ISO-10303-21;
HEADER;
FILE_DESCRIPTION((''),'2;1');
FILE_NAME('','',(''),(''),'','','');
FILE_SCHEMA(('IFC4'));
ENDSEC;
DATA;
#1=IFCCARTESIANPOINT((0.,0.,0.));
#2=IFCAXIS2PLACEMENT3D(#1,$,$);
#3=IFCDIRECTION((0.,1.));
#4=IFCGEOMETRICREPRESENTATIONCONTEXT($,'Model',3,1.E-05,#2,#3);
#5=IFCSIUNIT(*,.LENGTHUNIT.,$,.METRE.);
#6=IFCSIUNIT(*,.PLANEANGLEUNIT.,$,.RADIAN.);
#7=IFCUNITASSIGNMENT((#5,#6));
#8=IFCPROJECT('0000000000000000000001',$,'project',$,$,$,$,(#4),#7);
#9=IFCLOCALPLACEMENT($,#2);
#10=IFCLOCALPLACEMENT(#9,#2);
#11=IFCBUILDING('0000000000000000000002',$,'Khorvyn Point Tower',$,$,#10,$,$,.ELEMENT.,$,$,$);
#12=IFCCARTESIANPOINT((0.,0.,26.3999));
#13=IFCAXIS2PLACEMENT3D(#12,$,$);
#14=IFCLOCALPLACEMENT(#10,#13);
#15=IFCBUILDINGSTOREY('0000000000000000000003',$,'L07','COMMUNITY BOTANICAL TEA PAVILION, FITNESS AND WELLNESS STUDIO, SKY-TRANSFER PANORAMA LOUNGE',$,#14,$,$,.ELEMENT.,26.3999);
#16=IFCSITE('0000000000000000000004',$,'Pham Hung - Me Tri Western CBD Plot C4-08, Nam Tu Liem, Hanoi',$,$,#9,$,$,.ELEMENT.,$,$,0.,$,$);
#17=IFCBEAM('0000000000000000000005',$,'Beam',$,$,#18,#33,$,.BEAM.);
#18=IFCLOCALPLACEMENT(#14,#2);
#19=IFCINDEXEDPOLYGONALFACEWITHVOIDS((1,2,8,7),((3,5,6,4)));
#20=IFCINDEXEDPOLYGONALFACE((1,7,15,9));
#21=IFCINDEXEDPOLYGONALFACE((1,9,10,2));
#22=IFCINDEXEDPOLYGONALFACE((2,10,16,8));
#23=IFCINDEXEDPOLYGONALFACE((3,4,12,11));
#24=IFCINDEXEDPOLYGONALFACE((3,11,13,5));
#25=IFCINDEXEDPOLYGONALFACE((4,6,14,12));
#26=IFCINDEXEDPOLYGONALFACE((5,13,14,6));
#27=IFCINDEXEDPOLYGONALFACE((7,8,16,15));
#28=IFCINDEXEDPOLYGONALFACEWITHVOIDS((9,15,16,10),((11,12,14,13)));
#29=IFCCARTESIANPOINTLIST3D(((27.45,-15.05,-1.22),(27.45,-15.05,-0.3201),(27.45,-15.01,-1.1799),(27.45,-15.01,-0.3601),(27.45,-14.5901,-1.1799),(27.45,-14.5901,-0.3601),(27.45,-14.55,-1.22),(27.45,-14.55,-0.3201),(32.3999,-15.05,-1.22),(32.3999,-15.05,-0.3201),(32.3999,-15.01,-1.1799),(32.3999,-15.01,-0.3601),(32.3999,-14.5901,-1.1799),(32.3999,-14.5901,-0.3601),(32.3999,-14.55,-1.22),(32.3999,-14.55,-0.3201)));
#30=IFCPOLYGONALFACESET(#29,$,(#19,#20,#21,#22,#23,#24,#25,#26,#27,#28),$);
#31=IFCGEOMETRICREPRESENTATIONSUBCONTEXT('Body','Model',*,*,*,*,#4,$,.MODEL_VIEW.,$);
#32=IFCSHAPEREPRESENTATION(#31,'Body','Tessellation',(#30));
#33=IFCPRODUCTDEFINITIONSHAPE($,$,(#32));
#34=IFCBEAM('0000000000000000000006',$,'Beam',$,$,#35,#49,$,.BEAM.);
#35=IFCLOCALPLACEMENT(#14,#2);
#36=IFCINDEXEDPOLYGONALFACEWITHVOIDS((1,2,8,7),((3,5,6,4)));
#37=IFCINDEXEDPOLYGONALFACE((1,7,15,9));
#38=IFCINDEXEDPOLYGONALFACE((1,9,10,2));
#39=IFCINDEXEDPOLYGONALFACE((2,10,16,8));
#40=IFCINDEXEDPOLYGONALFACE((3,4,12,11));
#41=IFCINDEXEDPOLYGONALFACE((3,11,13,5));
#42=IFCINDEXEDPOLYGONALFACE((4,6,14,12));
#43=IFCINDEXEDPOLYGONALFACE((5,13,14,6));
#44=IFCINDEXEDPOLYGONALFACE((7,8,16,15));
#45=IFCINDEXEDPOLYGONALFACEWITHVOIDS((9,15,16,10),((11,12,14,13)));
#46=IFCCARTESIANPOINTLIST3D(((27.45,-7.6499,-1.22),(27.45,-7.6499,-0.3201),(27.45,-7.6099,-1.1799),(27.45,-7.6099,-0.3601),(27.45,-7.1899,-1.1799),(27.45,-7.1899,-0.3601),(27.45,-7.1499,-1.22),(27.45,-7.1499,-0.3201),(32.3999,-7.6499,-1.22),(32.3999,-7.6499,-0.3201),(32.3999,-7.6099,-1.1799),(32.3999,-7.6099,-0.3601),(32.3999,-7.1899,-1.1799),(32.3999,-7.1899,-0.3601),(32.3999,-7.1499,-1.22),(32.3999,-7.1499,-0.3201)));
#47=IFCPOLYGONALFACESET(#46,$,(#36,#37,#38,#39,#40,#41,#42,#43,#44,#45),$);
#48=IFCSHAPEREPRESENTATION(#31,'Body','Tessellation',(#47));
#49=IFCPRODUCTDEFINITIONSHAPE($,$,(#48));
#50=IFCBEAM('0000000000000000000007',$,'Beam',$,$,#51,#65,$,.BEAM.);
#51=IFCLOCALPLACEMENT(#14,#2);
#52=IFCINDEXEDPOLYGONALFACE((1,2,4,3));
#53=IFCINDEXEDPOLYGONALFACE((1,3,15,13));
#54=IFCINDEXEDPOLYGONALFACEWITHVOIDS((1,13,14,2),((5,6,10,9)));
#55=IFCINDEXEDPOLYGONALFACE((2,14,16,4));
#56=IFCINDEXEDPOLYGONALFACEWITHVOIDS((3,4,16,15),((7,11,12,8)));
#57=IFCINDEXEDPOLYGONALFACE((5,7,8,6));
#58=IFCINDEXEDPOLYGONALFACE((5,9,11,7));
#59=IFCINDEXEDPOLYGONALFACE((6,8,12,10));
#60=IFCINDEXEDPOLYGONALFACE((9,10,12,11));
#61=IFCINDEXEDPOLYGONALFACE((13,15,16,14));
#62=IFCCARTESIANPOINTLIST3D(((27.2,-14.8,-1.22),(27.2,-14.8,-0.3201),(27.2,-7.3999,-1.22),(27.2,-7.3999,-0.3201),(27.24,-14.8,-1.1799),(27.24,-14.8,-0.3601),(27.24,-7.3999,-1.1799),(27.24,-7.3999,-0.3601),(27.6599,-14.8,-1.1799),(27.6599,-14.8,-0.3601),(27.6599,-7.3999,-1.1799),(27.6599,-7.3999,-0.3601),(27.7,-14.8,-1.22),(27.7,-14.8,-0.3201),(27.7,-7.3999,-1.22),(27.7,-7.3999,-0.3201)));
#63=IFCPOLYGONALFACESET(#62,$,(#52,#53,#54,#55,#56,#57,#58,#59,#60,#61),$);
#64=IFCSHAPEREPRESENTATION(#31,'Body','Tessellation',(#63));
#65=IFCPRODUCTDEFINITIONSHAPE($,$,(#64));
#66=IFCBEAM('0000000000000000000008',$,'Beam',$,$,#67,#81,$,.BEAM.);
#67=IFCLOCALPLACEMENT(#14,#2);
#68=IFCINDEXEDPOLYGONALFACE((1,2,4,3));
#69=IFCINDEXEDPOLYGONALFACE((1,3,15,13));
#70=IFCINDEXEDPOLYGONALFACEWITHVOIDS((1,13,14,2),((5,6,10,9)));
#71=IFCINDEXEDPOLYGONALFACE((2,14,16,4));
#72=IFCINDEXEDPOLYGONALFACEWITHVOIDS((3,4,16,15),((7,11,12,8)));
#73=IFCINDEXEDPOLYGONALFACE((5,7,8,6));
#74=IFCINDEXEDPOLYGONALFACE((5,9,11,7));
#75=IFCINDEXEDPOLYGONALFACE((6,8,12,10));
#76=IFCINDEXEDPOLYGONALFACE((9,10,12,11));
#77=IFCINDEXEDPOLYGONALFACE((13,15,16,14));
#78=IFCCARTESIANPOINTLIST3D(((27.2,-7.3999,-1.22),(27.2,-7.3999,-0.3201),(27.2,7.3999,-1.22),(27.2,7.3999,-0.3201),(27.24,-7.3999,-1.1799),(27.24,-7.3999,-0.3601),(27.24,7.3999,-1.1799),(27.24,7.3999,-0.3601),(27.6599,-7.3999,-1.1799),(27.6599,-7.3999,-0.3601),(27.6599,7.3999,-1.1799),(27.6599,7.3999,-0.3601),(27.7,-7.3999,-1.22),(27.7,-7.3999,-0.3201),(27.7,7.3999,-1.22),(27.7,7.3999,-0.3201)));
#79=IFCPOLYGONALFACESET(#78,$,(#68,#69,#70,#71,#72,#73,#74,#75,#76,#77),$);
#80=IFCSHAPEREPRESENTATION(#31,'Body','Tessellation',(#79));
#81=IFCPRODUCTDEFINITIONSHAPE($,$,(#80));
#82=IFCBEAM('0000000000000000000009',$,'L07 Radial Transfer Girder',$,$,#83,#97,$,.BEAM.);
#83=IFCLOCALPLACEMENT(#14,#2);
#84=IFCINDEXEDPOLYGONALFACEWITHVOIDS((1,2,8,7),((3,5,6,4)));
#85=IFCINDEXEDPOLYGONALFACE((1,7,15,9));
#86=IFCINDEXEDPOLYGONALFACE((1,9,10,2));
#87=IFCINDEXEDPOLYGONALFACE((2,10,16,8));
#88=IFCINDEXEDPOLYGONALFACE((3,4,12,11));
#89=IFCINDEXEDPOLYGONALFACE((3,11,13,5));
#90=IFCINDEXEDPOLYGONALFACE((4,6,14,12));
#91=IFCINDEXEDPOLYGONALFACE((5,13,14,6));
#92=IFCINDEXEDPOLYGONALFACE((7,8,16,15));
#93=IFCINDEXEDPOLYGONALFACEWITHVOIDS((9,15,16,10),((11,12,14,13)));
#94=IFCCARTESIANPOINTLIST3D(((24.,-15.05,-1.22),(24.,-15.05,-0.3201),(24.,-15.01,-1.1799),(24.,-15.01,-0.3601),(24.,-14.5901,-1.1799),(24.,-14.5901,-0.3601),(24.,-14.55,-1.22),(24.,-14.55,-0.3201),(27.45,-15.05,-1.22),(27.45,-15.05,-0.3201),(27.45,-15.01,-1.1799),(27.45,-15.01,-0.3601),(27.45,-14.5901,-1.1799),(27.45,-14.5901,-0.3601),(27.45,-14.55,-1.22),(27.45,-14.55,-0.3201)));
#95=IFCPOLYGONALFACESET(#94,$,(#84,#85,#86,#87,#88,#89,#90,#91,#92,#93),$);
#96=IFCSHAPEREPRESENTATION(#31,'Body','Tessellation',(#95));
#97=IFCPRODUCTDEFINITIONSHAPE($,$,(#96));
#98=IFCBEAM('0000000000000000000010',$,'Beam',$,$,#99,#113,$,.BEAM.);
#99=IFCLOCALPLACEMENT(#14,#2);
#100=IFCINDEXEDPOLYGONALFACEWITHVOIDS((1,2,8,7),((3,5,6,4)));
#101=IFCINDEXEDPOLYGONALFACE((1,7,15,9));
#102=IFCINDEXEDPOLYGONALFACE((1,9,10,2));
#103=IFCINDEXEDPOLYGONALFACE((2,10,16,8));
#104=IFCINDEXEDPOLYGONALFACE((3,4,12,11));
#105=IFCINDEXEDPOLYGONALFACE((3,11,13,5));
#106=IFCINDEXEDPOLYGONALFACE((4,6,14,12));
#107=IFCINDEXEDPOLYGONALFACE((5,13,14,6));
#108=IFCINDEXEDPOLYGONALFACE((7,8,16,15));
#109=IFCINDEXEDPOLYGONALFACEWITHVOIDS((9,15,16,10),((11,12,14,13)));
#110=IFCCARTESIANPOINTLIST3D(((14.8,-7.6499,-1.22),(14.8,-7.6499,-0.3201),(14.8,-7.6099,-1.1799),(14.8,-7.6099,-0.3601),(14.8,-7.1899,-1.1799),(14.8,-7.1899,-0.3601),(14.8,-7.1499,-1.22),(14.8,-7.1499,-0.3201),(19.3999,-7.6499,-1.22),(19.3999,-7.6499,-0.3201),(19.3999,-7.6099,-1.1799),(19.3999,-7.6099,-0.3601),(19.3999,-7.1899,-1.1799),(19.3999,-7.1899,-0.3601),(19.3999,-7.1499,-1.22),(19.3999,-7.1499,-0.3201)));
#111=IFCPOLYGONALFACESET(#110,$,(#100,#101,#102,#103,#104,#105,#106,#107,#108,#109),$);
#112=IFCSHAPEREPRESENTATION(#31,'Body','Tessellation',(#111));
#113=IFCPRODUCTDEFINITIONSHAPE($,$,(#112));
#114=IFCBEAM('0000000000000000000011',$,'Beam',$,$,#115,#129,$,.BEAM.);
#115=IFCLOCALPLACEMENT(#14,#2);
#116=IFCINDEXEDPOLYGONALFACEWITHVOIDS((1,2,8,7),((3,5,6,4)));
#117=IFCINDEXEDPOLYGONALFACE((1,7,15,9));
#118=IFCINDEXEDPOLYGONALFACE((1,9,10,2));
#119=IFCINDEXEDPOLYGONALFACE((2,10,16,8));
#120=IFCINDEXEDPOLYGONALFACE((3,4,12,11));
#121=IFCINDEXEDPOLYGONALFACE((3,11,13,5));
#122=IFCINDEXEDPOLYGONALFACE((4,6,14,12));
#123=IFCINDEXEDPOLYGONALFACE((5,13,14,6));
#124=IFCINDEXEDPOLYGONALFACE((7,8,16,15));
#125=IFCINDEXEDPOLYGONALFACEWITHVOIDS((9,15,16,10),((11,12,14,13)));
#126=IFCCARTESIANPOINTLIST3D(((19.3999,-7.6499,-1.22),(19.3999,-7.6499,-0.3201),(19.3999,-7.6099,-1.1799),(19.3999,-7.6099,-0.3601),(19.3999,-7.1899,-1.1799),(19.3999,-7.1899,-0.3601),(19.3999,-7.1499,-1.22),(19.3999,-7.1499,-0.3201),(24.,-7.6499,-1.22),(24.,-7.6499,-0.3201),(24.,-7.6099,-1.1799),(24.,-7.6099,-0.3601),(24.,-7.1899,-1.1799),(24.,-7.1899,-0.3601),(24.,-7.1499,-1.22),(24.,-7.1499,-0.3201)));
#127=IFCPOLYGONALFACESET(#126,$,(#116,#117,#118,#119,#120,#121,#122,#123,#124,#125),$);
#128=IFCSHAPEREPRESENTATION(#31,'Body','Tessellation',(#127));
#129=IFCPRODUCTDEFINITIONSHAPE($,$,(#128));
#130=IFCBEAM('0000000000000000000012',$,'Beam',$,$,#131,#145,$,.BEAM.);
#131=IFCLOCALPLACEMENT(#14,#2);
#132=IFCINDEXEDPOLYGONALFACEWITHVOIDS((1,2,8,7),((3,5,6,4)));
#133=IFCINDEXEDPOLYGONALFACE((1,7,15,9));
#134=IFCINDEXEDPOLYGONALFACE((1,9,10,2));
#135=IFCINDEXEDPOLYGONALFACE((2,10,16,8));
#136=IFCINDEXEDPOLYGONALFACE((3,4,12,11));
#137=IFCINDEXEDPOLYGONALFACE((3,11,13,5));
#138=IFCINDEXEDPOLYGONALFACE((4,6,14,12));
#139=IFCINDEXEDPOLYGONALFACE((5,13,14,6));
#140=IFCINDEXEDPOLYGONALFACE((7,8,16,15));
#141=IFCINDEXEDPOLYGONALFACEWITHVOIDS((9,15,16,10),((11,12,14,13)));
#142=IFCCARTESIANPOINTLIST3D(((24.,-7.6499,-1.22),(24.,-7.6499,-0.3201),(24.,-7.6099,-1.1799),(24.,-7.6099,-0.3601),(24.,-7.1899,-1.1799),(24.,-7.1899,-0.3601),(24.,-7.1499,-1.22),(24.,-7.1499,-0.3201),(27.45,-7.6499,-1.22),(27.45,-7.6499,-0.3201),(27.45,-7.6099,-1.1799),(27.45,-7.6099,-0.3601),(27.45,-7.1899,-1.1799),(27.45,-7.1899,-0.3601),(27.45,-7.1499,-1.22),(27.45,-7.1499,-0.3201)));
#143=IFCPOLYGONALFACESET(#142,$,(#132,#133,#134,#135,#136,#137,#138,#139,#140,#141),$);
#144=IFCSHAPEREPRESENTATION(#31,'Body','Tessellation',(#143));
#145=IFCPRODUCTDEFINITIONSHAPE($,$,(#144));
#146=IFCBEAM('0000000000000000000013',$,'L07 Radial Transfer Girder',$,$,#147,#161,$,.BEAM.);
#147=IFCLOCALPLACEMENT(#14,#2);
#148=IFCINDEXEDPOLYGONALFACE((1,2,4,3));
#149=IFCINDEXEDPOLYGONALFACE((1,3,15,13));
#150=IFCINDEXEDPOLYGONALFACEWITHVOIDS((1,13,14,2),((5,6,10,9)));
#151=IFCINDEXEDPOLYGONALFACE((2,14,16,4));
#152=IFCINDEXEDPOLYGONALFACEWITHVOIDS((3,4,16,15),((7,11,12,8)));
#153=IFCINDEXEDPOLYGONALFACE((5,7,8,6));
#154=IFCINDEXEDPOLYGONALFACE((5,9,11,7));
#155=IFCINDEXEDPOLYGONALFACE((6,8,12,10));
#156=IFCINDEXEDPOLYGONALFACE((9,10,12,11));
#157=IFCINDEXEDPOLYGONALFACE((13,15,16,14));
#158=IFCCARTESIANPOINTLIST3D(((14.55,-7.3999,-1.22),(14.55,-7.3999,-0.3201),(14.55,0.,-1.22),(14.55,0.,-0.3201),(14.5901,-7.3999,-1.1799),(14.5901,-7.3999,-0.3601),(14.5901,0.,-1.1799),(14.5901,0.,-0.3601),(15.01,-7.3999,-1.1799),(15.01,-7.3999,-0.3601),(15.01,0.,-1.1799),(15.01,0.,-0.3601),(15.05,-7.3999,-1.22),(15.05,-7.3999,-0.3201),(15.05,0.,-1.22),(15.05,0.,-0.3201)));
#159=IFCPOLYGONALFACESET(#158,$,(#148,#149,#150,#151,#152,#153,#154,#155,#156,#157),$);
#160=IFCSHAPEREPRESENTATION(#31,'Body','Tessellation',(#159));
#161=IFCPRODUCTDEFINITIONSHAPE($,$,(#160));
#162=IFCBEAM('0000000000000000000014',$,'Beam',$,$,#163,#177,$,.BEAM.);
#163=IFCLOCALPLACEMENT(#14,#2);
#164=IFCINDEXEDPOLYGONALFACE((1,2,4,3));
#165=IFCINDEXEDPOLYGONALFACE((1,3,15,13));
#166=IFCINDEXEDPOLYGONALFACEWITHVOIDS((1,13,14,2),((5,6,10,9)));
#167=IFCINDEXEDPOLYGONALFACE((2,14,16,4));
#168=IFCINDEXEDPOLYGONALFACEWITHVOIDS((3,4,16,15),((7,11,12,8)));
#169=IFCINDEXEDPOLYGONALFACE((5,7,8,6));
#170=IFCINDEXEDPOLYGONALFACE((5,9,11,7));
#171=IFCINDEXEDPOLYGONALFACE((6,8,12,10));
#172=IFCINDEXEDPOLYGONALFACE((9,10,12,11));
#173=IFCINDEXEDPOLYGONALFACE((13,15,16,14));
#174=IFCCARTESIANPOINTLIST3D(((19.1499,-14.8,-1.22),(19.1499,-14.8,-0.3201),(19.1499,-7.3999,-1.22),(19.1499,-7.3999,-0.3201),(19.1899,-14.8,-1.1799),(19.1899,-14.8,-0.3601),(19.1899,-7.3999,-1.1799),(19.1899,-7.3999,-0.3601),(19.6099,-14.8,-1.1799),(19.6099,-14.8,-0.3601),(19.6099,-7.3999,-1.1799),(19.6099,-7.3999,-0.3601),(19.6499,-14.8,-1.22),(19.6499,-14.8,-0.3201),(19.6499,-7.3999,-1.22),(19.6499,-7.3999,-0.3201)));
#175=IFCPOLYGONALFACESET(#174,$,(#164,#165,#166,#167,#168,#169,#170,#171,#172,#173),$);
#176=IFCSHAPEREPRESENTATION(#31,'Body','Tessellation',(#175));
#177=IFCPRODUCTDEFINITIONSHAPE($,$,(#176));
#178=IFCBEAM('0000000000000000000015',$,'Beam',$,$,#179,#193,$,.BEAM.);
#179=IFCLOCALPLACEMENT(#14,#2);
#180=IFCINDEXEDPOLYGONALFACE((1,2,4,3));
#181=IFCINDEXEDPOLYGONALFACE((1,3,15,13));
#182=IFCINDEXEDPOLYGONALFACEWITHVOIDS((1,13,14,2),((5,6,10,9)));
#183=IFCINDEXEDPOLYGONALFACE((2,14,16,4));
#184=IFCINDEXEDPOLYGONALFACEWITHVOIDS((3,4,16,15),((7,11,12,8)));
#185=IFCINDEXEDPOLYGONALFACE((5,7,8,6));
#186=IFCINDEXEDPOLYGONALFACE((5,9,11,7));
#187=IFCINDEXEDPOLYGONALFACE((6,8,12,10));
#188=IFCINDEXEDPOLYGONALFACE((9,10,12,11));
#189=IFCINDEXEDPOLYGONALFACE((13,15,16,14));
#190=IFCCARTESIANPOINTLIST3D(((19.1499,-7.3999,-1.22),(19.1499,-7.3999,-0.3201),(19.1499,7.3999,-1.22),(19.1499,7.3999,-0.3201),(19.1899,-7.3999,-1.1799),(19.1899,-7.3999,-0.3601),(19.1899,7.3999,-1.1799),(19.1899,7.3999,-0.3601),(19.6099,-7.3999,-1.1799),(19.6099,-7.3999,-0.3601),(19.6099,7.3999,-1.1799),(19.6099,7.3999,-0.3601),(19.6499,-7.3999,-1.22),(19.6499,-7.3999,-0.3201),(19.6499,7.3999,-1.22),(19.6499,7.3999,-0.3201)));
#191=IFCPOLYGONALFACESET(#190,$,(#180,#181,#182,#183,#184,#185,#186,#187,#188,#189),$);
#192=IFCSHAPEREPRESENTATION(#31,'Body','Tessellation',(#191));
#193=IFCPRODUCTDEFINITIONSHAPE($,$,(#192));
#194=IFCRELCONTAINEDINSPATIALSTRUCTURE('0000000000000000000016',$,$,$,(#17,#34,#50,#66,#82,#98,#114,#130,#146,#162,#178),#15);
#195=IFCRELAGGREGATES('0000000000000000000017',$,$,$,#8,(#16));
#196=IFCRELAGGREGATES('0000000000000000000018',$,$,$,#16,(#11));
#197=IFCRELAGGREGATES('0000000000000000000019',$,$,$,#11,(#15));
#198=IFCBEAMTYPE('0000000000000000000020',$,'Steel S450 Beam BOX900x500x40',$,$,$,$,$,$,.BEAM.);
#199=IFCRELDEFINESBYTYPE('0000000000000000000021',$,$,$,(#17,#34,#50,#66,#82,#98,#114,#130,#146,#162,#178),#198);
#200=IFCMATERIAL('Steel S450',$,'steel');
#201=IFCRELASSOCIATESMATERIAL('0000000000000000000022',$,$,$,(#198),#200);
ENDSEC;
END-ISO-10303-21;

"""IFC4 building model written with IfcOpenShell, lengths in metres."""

from ifc_helpers import new_model, si_unit, direction, frame, origin, origin_2d, place, context, subcontext, project, spatial, hollow_rectangle, extrude, material, material_profile, profile_set, type_object, element, save


model = new_model("IFC4")

# Units and contexts
model_context = context("Model", 3, precision=1e-05, world=origin(), true_north=direction((0.0, 1.0)))
body_context = subcontext(model_context, "Body", "Model", "MODEL_VIEW")
ifc_project = project(units=[si_unit("LENGTHUNIT", "METRE"), si_unit("PLANEANGLEUNIT", "RADIAN")], contexts=[model_context])

# Site, building, storey
site_placement = place(None, origin())
site = spatial("IfcSite", under=ifc_project, at=site_placement, Name="Pham Hung - Me Tri Western CBD Plot C4-08, Nam Tu Liem, Hanoi", CompositionType="ELEMENT", RefElevation=0.0)
building_placement = place(site_placement, origin())
building = spatial("IfcBuilding", under=site, at=building_placement, Name="Khorvyn Point Tower", CompositionType="ELEMENT")
storey_placement = place(building_placement, frame((0.0, 0.0, 26.3999)))
storey = spatial("IfcBuildingStorey", under=building, at=storey_placement, Name="L07", Description="COMMUNITY BOTANICAL TEA PAVILION, FITNESS AND WELLNESS STUDIO, SKY-TRANSFER PANORAMA LOUNGE", CompositionType="ELEMENT", Elevation=26.3999)

# Shared definitions
ifc_material_1 = material(Name="Steel S450", Category="steel")

# Beams
ifc_material_profile_1 = material_profile(ifc_material_1, hollow_rectangle(XDim=0.5, YDim=0.8999, WallThickness=0.04, at=origin_2d()))
ifc_profile_set_1 = profile_set([ifc_material_profile_1], Name="Steel S450 BOX900x500x40")
beam_type_1 = type_object("IfcBeamType", Name="Steel S450 Beam BOX900x500x40", PredefinedType="BEAM", material=ifc_profile_set_1)
for number, where, z_axis, x_axis, name in (
    (1, (27.45, -14.8, -0.77), (1.0, 0.0, 0.0), (0.0, 1.0, 0.0), "Beam"),
    (2, (27.45, -7.3999, -0.77), (1.0, 0.0, 0.0), (0.0, 1.0, 0.0), "Beam"),
):
    element("IfcBeam", number, at=place(storey_placement, frame(where, z_axis=z_axis, x_axis=x_axis)), inside=storey, type_object=beam_type_1, Name=name, PredefinedType="BEAM", context=body_context, shape_type="SweptSolid", body=[
        extrude(hollow_rectangle(XDim=0.5, YDim=0.8999, WallThickness=0.04, at=origin_2d()), origin(), (0.0, 0.0, 1.0), 4.95),
    ])
beam_1_placement = place(storey_placement, frame((27.45, -14.8, -0.77), z_axis=(0.0, 1.0, 0.0), x_axis=(-1.0, 0.0, 0.0)))
element("IfcBeam", 3, at=beam_1_placement, inside=storey, type_object=beam_type_1, Name="Beam", PredefinedType="BEAM", context=body_context, shape_type="SweptSolid", body=[
    extrude(hollow_rectangle(XDim=0.5, YDim=0.8999, WallThickness=0.04, at=origin_2d()), origin(), (0.0, 0.0, 1.0), 7.4001),
])
beam_2_placement = place(storey_placement, frame((27.45, -7.3999, -0.77), z_axis=(0.0, 1.0, 0.0), x_axis=(-1.0, 0.0, 0.0)))
element("IfcBeam", 4, at=beam_2_placement, inside=storey, type_object=beam_type_1, Name="Beam", PredefinedType="BEAM", context=body_context, shape_type="SweptSolid", body=[
    extrude(hollow_rectangle(XDim=0.5, YDim=0.8999, WallThickness=0.04, at=origin_2d()), origin(), (0.0, 0.0, 1.0), 14.7998),
])
beam_3_placement = place(storey_placement, frame((24.0, -14.8, -0.77), z_axis=(1.0, 0.0, 0.0), x_axis=(0.0, 1.0, 0.0)))
element("IfcBeam", 5, at=beam_3_placement, inside=storey, type_object=beam_type_1, Name="L07 Radial Transfer Girder", PredefinedType="BEAM", context=body_context, shape_type="SweptSolid", body=[
    extrude(hollow_rectangle(XDim=0.5, YDim=0.8999, WallThickness=0.04, at=origin_2d()), origin(), (0.0, 0.0, 1.0), 3.45),
])
beam_4_placement = place(storey_placement, frame((14.8, -7.3999, -0.77), z_axis=(1.0, 0.0, 0.0), x_axis=(0.0, 1.0, 0.0)))
element("IfcBeam", 6, at=beam_4_placement, inside=storey, type_object=beam_type_1, Name="Beam", PredefinedType="BEAM", context=body_context, shape_type="SweptSolid", body=[
    extrude(hollow_rectangle(XDim=0.5, YDim=0.8999, WallThickness=0.04, at=origin_2d()), origin(), (0.0, 0.0, 1.0), 4.5999),
])
beam_5_placement = place(storey_placement, frame((19.3999, -7.3999, -0.77), z_axis=(1.0, 0.0, 0.0), x_axis=(0.0, 1.0, 0.0)))
element("IfcBeam", 7, at=beam_5_placement, inside=storey, type_object=beam_type_1, Name="Beam", PredefinedType="BEAM", context=body_context, shape_type="SweptSolid", body=[
    extrude(hollow_rectangle(XDim=0.5, YDim=0.8999, WallThickness=0.04, at=origin_2d()), origin(), (0.0, 0.0, 1.0), 4.6001),
])
beam_6_placement = place(storey_placement, frame((24.0, -7.3999, -0.77), z_axis=(1.0, 0.0, 0.0), x_axis=(0.0, 1.0, 0.0)))
element("IfcBeam", 8, at=beam_6_placement, inside=storey, type_object=beam_type_1, Name="Beam", PredefinedType="BEAM", context=body_context, shape_type="SweptSolid", body=[
    extrude(hollow_rectangle(XDim=0.5, YDim=0.8999, WallThickness=0.04, at=origin_2d()), origin(), (0.0, 0.0, 1.0), 3.45),
])
beam_7_placement = place(storey_placement, frame((14.8, -7.3999, -0.77), z_axis=(0.0, 1.0, 0.0), x_axis=(-1.0, 0.0, 0.0)))
element("IfcBeam", 9, at=beam_7_placement, inside=storey, type_object=beam_type_1, Name="L07 Radial Transfer Girder", PredefinedType="BEAM", context=body_context, shape_type="SweptSolid", body=[
    extrude(hollow_rectangle(XDim=0.5, YDim=0.8999, WallThickness=0.04, at=origin_2d()), origin(), (0.0, 0.0, 1.0), 7.3999),
])
beam_8_placement = place(storey_placement, frame((19.3999, -14.8, -0.77), z_axis=(0.0, 1.0, 0.0), x_axis=(-1.0, 0.0, 0.0)))
element("IfcBeam", 10, at=beam_8_placement, inside=storey, type_object=beam_type_1, Name="Beam", PredefinedType="BEAM", context=body_context, shape_type="SweptSolid", body=[
    extrude(hollow_rectangle(XDim=0.5, YDim=0.8999, WallThickness=0.04, at=origin_2d()), origin(), (0.0, 0.0, 1.0), 7.4001),
])
beam_9_placement = place(storey_placement, frame((19.3999, -7.3999, -0.77), z_axis=(0.0, 1.0, 0.0), x_axis=(-1.0, 0.0, 0.0)))
element("IfcBeam", 11, at=beam_9_placement, inside=storey, type_object=beam_type_1, Name="Beam", PredefinedType="BEAM", context=body_context, shape_type="SweptSolid", body=[
    extrude(hollow_rectangle(XDim=0.5, YDim=0.8999, WallThickness=0.04, at=origin_2d()), origin(), (0.0, 0.0, 1.0), 14.7998),
])

save(model, "model.ifc")
